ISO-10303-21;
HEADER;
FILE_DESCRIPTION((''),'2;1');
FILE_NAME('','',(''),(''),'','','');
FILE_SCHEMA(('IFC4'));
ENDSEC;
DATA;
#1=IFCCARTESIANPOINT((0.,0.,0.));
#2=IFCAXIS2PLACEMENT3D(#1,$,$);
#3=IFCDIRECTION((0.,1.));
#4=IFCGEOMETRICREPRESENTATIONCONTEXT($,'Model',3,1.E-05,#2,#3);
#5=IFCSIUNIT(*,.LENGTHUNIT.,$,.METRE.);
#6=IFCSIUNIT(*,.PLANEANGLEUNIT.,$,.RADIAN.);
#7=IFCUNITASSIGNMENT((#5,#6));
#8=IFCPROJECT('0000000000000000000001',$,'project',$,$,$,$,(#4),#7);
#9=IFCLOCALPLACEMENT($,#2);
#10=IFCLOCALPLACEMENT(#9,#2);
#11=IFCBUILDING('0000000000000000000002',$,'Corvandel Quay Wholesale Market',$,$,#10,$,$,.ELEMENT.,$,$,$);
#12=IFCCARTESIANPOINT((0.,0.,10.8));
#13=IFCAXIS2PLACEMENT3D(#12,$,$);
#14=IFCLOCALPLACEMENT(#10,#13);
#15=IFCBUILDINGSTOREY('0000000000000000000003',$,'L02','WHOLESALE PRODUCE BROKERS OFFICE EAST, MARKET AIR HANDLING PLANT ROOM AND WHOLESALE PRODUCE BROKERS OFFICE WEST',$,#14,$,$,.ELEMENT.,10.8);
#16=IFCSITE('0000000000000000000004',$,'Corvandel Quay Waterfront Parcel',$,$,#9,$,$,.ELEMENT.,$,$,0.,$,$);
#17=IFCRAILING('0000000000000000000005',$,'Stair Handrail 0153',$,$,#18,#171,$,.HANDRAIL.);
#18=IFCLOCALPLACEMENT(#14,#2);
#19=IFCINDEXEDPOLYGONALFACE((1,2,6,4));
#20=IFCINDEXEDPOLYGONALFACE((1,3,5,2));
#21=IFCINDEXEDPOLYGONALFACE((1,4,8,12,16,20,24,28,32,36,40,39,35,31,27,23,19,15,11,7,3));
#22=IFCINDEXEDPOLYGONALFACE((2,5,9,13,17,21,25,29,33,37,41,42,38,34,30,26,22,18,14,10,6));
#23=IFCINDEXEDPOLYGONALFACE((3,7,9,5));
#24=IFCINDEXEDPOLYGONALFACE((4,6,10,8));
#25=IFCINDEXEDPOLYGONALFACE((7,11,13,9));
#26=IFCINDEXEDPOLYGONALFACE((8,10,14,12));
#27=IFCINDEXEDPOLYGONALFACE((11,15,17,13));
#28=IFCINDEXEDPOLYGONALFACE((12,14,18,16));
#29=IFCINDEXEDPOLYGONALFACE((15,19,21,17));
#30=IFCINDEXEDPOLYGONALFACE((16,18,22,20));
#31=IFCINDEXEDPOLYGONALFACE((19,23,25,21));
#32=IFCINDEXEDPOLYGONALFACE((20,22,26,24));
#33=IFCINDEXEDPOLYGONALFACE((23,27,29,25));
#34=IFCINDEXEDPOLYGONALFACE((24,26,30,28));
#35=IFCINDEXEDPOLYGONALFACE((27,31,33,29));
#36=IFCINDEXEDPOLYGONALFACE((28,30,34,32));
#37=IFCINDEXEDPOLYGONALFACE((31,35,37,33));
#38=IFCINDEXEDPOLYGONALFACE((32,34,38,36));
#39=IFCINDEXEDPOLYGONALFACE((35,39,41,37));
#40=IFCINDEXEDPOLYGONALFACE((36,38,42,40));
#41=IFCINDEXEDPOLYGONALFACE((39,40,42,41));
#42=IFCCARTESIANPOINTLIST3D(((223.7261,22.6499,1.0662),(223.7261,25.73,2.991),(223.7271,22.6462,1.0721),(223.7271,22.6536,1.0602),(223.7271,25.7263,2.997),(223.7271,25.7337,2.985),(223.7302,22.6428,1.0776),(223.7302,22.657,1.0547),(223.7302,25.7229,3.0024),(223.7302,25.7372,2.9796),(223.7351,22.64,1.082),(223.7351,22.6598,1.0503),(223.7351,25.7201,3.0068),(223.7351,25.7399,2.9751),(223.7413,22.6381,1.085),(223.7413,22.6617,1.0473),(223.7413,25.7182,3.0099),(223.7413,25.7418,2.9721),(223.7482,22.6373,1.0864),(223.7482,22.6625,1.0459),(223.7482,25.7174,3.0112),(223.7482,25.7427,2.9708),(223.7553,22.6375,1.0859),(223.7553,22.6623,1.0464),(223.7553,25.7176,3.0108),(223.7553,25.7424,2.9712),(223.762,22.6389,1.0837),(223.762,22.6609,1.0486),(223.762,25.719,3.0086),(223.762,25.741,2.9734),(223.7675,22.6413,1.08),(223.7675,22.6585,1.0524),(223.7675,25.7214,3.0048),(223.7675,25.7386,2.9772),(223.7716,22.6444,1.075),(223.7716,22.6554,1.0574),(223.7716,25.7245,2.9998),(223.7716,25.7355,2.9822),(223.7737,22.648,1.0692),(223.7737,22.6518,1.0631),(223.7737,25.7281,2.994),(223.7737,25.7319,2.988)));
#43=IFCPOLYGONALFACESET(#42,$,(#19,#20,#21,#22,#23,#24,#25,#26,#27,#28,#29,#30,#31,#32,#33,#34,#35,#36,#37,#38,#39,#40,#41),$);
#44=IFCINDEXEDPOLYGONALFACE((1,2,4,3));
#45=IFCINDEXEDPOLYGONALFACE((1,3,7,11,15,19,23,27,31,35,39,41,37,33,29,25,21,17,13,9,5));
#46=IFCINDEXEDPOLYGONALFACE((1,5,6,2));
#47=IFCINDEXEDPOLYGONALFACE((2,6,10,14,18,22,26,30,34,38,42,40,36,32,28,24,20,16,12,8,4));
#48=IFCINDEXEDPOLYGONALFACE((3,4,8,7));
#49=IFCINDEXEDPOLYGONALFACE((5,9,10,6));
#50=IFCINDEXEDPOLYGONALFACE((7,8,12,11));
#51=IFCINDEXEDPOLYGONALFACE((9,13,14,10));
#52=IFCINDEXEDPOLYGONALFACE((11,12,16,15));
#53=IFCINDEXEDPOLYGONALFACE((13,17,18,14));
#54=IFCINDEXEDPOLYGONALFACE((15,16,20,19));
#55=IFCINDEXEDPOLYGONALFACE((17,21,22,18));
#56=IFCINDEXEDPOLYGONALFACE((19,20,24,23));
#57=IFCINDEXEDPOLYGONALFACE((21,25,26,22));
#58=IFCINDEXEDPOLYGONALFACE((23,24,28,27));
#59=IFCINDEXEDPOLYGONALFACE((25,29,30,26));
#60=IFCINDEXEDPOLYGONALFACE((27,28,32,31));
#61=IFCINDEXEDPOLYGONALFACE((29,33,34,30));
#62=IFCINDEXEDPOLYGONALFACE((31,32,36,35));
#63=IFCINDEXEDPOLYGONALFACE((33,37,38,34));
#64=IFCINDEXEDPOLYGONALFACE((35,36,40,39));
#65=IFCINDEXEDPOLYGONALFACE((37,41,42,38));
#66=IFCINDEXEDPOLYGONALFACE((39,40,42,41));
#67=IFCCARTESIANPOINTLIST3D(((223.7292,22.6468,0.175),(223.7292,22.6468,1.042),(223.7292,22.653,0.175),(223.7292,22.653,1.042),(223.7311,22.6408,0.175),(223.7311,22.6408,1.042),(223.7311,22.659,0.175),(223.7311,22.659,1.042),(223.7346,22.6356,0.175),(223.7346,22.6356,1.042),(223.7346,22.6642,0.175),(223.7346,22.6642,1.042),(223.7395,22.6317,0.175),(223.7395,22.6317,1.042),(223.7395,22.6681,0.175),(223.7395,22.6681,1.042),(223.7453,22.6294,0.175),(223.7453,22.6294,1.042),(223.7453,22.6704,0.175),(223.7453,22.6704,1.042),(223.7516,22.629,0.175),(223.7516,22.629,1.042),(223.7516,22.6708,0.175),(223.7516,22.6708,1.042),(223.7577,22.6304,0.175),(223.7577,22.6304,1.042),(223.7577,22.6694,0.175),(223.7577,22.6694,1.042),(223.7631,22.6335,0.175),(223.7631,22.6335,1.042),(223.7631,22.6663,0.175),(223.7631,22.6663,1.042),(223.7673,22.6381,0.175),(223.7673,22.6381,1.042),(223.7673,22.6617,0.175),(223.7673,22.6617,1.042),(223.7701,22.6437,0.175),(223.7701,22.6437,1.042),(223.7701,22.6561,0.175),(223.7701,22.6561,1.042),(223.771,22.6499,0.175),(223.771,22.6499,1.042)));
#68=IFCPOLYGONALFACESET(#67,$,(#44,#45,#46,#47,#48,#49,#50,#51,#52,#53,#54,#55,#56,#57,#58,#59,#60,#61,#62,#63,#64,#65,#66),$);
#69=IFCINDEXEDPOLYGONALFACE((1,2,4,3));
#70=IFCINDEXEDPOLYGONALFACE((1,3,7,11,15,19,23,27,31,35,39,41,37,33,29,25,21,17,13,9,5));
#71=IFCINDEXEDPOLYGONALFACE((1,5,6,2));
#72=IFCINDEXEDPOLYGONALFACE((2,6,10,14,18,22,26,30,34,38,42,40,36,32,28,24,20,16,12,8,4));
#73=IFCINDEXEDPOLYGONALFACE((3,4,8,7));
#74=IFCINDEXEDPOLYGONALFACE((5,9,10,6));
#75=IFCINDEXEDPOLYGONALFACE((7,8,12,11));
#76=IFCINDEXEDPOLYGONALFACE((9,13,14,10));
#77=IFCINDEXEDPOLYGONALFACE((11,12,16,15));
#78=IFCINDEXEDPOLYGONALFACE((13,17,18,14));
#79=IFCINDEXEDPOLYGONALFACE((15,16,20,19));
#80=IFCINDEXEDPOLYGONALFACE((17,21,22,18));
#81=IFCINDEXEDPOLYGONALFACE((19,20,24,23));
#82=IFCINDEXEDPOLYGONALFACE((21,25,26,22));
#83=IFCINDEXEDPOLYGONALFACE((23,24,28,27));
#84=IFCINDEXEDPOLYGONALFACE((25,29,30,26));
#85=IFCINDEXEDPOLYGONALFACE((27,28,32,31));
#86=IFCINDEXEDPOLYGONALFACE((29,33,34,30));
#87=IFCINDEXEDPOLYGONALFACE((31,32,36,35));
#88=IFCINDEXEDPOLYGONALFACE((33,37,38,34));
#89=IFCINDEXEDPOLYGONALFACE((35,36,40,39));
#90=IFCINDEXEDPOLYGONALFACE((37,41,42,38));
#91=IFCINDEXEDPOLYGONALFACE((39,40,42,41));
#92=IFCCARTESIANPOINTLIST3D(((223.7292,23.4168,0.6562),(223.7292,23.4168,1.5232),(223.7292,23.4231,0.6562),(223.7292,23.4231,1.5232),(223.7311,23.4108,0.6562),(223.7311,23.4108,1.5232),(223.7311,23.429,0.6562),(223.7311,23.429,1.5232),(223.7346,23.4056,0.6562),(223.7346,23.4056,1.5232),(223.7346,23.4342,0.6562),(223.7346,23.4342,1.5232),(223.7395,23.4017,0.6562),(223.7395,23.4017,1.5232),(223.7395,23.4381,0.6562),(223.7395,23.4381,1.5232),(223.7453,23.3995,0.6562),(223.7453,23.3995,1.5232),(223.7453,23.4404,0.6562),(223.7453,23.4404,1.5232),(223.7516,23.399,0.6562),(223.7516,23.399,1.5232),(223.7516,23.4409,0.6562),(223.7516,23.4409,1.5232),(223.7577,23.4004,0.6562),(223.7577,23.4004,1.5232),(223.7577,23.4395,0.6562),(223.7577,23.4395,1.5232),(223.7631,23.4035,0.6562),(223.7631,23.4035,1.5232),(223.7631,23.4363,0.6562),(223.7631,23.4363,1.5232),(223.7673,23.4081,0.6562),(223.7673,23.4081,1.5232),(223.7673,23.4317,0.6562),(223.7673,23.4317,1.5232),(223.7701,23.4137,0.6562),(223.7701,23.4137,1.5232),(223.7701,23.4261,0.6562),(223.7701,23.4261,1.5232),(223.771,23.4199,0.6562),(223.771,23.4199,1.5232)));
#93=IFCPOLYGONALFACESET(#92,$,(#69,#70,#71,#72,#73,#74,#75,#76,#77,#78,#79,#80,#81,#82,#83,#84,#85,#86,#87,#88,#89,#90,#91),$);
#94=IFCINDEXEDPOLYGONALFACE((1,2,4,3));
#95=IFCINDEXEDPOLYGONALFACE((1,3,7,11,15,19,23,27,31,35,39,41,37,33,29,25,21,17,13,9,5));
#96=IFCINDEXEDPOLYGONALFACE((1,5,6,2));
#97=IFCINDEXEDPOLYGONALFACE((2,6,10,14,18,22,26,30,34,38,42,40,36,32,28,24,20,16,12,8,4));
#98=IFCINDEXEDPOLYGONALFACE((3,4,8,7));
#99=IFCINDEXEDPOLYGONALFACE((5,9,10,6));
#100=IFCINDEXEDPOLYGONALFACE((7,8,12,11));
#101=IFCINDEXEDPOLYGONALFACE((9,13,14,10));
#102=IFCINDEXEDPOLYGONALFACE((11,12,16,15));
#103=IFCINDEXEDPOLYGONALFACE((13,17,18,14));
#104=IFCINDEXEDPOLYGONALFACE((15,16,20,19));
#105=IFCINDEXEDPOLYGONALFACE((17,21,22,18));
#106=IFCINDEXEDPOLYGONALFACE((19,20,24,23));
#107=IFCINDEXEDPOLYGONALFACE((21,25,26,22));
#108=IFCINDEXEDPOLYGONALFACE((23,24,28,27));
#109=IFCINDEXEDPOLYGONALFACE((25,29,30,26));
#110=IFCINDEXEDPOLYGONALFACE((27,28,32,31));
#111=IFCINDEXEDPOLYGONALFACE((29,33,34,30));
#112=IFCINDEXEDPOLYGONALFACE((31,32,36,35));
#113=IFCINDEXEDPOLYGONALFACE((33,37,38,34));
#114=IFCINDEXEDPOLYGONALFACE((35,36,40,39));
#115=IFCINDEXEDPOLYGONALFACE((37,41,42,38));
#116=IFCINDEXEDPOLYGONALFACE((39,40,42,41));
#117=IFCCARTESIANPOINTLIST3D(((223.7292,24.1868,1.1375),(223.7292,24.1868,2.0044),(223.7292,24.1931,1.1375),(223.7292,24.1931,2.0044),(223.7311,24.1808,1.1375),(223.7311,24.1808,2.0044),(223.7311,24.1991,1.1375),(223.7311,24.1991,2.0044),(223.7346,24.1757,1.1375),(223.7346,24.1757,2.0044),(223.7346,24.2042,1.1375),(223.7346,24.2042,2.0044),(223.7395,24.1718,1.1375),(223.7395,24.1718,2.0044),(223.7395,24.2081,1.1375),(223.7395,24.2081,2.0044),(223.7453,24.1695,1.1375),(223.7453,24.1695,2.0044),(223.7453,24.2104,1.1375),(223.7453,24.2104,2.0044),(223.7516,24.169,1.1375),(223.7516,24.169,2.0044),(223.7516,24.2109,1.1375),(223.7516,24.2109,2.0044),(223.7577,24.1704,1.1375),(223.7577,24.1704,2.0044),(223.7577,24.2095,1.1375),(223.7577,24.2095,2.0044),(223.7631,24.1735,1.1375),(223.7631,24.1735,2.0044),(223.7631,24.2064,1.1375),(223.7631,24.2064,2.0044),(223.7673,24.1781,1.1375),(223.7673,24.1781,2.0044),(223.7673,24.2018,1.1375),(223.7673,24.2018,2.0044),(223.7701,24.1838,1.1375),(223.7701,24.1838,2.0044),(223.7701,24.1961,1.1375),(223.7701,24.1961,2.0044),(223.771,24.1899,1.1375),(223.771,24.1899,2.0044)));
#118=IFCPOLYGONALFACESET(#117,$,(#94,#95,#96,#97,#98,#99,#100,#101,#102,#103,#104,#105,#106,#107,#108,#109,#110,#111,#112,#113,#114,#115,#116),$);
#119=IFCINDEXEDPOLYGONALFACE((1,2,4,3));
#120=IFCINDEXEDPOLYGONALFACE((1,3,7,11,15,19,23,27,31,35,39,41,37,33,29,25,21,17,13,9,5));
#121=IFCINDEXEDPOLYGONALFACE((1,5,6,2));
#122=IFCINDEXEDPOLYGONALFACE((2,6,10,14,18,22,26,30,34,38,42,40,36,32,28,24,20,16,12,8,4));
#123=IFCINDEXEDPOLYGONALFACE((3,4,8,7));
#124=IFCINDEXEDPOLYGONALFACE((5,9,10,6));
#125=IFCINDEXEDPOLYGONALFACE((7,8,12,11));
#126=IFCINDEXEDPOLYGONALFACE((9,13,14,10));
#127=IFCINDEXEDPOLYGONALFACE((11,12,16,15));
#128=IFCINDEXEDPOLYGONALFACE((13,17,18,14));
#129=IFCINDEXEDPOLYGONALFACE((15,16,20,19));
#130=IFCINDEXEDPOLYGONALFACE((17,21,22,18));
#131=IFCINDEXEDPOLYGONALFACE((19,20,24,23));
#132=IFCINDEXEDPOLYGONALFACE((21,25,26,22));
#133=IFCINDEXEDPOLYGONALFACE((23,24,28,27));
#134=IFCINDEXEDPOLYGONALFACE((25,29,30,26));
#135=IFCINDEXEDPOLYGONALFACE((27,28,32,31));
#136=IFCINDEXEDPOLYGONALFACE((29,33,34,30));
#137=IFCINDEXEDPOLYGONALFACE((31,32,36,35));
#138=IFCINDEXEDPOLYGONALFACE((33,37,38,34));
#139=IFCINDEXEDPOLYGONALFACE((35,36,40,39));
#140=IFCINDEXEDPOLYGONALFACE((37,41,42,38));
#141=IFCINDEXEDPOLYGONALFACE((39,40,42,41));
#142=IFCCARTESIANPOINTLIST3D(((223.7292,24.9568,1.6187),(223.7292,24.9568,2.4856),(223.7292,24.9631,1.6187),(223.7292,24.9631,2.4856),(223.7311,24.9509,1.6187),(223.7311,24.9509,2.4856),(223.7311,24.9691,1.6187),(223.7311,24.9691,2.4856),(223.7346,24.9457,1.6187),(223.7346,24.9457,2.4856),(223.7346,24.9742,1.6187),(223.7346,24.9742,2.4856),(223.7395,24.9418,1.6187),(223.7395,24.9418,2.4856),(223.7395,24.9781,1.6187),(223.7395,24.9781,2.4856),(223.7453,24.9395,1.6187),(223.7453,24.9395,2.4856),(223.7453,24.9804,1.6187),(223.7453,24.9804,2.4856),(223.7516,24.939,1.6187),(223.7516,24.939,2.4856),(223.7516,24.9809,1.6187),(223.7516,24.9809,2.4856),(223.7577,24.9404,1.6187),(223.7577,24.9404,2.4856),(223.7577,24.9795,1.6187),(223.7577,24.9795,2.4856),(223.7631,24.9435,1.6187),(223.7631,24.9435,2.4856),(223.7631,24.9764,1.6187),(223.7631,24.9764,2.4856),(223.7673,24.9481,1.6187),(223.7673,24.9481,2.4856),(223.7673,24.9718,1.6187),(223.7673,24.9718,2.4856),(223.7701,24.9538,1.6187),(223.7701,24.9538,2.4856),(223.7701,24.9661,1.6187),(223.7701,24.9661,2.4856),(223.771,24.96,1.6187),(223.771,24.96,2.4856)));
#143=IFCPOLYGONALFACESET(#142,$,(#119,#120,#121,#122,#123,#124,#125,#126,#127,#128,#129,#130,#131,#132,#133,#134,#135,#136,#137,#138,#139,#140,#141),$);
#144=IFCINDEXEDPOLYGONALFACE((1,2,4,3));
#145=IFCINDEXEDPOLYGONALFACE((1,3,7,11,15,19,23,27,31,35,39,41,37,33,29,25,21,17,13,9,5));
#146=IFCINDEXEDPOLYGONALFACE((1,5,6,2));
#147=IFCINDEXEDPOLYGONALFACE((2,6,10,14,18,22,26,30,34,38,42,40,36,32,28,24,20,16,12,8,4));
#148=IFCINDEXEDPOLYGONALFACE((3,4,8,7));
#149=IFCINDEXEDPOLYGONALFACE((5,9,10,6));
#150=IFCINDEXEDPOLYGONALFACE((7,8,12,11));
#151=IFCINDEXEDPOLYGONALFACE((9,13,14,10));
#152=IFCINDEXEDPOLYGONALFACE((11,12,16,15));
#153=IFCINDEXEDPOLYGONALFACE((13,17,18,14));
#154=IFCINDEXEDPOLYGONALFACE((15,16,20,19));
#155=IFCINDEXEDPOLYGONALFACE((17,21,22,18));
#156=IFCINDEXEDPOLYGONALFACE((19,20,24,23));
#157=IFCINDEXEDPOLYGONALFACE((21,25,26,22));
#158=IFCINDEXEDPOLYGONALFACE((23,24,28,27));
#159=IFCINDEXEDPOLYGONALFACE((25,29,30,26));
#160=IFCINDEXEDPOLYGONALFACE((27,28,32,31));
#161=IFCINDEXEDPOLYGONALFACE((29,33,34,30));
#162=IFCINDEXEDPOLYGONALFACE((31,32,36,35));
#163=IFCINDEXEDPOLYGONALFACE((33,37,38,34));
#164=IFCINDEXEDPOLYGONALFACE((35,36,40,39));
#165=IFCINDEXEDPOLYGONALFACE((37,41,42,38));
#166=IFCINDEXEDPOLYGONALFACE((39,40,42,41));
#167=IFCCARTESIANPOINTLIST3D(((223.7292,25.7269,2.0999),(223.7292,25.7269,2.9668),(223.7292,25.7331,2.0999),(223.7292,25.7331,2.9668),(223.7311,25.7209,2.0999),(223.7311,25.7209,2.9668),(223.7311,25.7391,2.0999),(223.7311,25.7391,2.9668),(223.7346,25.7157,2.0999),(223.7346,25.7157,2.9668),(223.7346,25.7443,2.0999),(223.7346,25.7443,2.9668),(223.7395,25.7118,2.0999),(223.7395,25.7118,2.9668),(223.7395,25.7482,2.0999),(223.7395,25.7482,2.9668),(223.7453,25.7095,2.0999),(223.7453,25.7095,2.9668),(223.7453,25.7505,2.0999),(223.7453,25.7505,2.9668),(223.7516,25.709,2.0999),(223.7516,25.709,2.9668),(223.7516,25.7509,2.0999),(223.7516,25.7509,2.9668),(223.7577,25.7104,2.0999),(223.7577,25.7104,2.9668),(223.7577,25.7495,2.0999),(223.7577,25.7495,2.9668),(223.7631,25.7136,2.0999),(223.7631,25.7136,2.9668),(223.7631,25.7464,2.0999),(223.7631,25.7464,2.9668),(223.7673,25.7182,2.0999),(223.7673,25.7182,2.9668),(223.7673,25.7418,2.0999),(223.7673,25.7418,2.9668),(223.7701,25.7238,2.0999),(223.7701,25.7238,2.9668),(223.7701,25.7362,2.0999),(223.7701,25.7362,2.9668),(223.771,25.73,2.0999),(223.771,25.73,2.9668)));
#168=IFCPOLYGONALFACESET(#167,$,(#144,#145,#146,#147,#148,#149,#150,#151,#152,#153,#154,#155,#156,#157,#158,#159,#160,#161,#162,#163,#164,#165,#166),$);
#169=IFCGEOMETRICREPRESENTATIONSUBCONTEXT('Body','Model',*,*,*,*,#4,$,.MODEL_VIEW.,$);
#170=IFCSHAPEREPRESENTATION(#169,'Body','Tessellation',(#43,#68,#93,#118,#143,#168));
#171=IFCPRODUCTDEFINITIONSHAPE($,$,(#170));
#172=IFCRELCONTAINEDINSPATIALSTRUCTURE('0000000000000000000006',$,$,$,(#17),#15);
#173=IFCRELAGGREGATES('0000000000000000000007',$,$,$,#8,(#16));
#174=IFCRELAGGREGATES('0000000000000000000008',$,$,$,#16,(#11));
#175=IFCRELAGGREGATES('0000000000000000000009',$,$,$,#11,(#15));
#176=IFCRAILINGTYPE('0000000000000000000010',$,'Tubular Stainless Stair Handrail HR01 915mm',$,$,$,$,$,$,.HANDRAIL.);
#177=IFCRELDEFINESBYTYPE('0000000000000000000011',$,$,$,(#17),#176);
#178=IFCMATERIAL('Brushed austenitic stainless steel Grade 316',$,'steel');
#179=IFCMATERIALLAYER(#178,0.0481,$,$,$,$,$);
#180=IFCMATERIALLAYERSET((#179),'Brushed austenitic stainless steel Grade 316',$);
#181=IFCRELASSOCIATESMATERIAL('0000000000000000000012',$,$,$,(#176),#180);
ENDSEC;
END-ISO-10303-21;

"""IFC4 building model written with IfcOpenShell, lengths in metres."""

from ifc_helpers import new_model, si_unit, direction, frame, origin, origin_2d, place, context, subcontext, project, spatial, circle, extrude, material, layer, layer_set, type_object, element, save


model = new_model("IFC4")

# Units and contexts
model_context = context("Model", 3, precision=1e-05, world=origin(), true_north=direction((0.0, 1.0)))
body_context = subcontext(model_context, "Body", "Model", "MODEL_VIEW")
ifc_project = project(units=[si_unit("LENGTHUNIT", "METRE"), si_unit("PLANEANGLEUNIT", "RADIAN")], contexts=[model_context])

# Site, building, storey
site_placement = place(None, origin())
site = spatial("IfcSite", under=ifc_project, at=site_placement, Name="Corvandel Quay Waterfront Parcel", CompositionType="ELEMENT", RefElevation=0.0)
building_placement = place(site_placement, origin())
building = spatial("IfcBuilding", under=site, at=building_placement, Name="Corvandel Quay Wholesale Market", CompositionType="ELEMENT")
storey_placement = place(building_placement, frame((0.0, 0.0, 10.8)))
storey = spatial("IfcBuildingStorey", under=building, at=storey_placement, Name="L02", Description="WHOLESALE PRODUCE BROKERS OFFICE EAST, MARKET AIR HANDLING PLANT ROOM AND WHOLESALE PRODUCE BROKERS OFFICE WEST", CompositionType="ELEMENT", Elevation=10.8)

# Railing
ifc_material_1 = material(Name="Brushed austenitic stainless steel Grade 316", Category="steel")
ifc_layer_1 = layer(ifc_material_1, 0.0481)
ifc_layer_set_1 = layer_set([ifc_layer_1], Name="Brushed austenitic stainless steel Grade 316")
railing_type_1 = type_object("IfcRailingType", Name="Tubular Stainless Stair Handrail HR01 915mm", PredefinedType="HANDRAIL", material=ifc_layer_set_1)
for number, where, name in (
    (1, (223.75, 22.6499, 0.175), "Stair Handrail 0153"),
):
    element("IfcRailing", number, at=place(storey_placement, frame(where)), inside=storey, type_object=railing_type_1, Name=name, PredefinedType="HANDRAIL", context=body_context, shape_type="SweptSolid", body=[
        extrude(circle(Radius=0.0239, at=origin_2d()), frame((0.0, 0.0, 0.8911), z_axis=(0.0, 0.848029, 0.529951), x_axis=(-1.0, 0.0, 0.0)), (0.0, 0.0, 1.0), 3.6321),
        extrude(circle(Radius=0.021, at=origin_2d()), origin(), (0.0, 0.0, 1.0), 0.8669),
        extrude(circle(Radius=0.021, at=origin_2d()), frame((0.0, 0.77, 0.4812)), (0.0, 0.0, 1.0), 0.8669),
        extrude(circle(Radius=0.021, at=origin_2d()), frame((0.0, 1.54, 0.9624)), (0.0, 0.0, 1.0), 0.8669),
        extrude(circle(Radius=0.021, at=origin_2d()), frame((0.0, 2.3101, 1.4436)), (0.0, 0.0, 1.0), 0.8669),
        extrude(circle(Radius=0.021, at=origin_2d()), frame((0.0, 3.0801, 1.9248)), (0.0, 0.0, 1.0), 0.8669),
    ])

save(model, "model.ifc")
